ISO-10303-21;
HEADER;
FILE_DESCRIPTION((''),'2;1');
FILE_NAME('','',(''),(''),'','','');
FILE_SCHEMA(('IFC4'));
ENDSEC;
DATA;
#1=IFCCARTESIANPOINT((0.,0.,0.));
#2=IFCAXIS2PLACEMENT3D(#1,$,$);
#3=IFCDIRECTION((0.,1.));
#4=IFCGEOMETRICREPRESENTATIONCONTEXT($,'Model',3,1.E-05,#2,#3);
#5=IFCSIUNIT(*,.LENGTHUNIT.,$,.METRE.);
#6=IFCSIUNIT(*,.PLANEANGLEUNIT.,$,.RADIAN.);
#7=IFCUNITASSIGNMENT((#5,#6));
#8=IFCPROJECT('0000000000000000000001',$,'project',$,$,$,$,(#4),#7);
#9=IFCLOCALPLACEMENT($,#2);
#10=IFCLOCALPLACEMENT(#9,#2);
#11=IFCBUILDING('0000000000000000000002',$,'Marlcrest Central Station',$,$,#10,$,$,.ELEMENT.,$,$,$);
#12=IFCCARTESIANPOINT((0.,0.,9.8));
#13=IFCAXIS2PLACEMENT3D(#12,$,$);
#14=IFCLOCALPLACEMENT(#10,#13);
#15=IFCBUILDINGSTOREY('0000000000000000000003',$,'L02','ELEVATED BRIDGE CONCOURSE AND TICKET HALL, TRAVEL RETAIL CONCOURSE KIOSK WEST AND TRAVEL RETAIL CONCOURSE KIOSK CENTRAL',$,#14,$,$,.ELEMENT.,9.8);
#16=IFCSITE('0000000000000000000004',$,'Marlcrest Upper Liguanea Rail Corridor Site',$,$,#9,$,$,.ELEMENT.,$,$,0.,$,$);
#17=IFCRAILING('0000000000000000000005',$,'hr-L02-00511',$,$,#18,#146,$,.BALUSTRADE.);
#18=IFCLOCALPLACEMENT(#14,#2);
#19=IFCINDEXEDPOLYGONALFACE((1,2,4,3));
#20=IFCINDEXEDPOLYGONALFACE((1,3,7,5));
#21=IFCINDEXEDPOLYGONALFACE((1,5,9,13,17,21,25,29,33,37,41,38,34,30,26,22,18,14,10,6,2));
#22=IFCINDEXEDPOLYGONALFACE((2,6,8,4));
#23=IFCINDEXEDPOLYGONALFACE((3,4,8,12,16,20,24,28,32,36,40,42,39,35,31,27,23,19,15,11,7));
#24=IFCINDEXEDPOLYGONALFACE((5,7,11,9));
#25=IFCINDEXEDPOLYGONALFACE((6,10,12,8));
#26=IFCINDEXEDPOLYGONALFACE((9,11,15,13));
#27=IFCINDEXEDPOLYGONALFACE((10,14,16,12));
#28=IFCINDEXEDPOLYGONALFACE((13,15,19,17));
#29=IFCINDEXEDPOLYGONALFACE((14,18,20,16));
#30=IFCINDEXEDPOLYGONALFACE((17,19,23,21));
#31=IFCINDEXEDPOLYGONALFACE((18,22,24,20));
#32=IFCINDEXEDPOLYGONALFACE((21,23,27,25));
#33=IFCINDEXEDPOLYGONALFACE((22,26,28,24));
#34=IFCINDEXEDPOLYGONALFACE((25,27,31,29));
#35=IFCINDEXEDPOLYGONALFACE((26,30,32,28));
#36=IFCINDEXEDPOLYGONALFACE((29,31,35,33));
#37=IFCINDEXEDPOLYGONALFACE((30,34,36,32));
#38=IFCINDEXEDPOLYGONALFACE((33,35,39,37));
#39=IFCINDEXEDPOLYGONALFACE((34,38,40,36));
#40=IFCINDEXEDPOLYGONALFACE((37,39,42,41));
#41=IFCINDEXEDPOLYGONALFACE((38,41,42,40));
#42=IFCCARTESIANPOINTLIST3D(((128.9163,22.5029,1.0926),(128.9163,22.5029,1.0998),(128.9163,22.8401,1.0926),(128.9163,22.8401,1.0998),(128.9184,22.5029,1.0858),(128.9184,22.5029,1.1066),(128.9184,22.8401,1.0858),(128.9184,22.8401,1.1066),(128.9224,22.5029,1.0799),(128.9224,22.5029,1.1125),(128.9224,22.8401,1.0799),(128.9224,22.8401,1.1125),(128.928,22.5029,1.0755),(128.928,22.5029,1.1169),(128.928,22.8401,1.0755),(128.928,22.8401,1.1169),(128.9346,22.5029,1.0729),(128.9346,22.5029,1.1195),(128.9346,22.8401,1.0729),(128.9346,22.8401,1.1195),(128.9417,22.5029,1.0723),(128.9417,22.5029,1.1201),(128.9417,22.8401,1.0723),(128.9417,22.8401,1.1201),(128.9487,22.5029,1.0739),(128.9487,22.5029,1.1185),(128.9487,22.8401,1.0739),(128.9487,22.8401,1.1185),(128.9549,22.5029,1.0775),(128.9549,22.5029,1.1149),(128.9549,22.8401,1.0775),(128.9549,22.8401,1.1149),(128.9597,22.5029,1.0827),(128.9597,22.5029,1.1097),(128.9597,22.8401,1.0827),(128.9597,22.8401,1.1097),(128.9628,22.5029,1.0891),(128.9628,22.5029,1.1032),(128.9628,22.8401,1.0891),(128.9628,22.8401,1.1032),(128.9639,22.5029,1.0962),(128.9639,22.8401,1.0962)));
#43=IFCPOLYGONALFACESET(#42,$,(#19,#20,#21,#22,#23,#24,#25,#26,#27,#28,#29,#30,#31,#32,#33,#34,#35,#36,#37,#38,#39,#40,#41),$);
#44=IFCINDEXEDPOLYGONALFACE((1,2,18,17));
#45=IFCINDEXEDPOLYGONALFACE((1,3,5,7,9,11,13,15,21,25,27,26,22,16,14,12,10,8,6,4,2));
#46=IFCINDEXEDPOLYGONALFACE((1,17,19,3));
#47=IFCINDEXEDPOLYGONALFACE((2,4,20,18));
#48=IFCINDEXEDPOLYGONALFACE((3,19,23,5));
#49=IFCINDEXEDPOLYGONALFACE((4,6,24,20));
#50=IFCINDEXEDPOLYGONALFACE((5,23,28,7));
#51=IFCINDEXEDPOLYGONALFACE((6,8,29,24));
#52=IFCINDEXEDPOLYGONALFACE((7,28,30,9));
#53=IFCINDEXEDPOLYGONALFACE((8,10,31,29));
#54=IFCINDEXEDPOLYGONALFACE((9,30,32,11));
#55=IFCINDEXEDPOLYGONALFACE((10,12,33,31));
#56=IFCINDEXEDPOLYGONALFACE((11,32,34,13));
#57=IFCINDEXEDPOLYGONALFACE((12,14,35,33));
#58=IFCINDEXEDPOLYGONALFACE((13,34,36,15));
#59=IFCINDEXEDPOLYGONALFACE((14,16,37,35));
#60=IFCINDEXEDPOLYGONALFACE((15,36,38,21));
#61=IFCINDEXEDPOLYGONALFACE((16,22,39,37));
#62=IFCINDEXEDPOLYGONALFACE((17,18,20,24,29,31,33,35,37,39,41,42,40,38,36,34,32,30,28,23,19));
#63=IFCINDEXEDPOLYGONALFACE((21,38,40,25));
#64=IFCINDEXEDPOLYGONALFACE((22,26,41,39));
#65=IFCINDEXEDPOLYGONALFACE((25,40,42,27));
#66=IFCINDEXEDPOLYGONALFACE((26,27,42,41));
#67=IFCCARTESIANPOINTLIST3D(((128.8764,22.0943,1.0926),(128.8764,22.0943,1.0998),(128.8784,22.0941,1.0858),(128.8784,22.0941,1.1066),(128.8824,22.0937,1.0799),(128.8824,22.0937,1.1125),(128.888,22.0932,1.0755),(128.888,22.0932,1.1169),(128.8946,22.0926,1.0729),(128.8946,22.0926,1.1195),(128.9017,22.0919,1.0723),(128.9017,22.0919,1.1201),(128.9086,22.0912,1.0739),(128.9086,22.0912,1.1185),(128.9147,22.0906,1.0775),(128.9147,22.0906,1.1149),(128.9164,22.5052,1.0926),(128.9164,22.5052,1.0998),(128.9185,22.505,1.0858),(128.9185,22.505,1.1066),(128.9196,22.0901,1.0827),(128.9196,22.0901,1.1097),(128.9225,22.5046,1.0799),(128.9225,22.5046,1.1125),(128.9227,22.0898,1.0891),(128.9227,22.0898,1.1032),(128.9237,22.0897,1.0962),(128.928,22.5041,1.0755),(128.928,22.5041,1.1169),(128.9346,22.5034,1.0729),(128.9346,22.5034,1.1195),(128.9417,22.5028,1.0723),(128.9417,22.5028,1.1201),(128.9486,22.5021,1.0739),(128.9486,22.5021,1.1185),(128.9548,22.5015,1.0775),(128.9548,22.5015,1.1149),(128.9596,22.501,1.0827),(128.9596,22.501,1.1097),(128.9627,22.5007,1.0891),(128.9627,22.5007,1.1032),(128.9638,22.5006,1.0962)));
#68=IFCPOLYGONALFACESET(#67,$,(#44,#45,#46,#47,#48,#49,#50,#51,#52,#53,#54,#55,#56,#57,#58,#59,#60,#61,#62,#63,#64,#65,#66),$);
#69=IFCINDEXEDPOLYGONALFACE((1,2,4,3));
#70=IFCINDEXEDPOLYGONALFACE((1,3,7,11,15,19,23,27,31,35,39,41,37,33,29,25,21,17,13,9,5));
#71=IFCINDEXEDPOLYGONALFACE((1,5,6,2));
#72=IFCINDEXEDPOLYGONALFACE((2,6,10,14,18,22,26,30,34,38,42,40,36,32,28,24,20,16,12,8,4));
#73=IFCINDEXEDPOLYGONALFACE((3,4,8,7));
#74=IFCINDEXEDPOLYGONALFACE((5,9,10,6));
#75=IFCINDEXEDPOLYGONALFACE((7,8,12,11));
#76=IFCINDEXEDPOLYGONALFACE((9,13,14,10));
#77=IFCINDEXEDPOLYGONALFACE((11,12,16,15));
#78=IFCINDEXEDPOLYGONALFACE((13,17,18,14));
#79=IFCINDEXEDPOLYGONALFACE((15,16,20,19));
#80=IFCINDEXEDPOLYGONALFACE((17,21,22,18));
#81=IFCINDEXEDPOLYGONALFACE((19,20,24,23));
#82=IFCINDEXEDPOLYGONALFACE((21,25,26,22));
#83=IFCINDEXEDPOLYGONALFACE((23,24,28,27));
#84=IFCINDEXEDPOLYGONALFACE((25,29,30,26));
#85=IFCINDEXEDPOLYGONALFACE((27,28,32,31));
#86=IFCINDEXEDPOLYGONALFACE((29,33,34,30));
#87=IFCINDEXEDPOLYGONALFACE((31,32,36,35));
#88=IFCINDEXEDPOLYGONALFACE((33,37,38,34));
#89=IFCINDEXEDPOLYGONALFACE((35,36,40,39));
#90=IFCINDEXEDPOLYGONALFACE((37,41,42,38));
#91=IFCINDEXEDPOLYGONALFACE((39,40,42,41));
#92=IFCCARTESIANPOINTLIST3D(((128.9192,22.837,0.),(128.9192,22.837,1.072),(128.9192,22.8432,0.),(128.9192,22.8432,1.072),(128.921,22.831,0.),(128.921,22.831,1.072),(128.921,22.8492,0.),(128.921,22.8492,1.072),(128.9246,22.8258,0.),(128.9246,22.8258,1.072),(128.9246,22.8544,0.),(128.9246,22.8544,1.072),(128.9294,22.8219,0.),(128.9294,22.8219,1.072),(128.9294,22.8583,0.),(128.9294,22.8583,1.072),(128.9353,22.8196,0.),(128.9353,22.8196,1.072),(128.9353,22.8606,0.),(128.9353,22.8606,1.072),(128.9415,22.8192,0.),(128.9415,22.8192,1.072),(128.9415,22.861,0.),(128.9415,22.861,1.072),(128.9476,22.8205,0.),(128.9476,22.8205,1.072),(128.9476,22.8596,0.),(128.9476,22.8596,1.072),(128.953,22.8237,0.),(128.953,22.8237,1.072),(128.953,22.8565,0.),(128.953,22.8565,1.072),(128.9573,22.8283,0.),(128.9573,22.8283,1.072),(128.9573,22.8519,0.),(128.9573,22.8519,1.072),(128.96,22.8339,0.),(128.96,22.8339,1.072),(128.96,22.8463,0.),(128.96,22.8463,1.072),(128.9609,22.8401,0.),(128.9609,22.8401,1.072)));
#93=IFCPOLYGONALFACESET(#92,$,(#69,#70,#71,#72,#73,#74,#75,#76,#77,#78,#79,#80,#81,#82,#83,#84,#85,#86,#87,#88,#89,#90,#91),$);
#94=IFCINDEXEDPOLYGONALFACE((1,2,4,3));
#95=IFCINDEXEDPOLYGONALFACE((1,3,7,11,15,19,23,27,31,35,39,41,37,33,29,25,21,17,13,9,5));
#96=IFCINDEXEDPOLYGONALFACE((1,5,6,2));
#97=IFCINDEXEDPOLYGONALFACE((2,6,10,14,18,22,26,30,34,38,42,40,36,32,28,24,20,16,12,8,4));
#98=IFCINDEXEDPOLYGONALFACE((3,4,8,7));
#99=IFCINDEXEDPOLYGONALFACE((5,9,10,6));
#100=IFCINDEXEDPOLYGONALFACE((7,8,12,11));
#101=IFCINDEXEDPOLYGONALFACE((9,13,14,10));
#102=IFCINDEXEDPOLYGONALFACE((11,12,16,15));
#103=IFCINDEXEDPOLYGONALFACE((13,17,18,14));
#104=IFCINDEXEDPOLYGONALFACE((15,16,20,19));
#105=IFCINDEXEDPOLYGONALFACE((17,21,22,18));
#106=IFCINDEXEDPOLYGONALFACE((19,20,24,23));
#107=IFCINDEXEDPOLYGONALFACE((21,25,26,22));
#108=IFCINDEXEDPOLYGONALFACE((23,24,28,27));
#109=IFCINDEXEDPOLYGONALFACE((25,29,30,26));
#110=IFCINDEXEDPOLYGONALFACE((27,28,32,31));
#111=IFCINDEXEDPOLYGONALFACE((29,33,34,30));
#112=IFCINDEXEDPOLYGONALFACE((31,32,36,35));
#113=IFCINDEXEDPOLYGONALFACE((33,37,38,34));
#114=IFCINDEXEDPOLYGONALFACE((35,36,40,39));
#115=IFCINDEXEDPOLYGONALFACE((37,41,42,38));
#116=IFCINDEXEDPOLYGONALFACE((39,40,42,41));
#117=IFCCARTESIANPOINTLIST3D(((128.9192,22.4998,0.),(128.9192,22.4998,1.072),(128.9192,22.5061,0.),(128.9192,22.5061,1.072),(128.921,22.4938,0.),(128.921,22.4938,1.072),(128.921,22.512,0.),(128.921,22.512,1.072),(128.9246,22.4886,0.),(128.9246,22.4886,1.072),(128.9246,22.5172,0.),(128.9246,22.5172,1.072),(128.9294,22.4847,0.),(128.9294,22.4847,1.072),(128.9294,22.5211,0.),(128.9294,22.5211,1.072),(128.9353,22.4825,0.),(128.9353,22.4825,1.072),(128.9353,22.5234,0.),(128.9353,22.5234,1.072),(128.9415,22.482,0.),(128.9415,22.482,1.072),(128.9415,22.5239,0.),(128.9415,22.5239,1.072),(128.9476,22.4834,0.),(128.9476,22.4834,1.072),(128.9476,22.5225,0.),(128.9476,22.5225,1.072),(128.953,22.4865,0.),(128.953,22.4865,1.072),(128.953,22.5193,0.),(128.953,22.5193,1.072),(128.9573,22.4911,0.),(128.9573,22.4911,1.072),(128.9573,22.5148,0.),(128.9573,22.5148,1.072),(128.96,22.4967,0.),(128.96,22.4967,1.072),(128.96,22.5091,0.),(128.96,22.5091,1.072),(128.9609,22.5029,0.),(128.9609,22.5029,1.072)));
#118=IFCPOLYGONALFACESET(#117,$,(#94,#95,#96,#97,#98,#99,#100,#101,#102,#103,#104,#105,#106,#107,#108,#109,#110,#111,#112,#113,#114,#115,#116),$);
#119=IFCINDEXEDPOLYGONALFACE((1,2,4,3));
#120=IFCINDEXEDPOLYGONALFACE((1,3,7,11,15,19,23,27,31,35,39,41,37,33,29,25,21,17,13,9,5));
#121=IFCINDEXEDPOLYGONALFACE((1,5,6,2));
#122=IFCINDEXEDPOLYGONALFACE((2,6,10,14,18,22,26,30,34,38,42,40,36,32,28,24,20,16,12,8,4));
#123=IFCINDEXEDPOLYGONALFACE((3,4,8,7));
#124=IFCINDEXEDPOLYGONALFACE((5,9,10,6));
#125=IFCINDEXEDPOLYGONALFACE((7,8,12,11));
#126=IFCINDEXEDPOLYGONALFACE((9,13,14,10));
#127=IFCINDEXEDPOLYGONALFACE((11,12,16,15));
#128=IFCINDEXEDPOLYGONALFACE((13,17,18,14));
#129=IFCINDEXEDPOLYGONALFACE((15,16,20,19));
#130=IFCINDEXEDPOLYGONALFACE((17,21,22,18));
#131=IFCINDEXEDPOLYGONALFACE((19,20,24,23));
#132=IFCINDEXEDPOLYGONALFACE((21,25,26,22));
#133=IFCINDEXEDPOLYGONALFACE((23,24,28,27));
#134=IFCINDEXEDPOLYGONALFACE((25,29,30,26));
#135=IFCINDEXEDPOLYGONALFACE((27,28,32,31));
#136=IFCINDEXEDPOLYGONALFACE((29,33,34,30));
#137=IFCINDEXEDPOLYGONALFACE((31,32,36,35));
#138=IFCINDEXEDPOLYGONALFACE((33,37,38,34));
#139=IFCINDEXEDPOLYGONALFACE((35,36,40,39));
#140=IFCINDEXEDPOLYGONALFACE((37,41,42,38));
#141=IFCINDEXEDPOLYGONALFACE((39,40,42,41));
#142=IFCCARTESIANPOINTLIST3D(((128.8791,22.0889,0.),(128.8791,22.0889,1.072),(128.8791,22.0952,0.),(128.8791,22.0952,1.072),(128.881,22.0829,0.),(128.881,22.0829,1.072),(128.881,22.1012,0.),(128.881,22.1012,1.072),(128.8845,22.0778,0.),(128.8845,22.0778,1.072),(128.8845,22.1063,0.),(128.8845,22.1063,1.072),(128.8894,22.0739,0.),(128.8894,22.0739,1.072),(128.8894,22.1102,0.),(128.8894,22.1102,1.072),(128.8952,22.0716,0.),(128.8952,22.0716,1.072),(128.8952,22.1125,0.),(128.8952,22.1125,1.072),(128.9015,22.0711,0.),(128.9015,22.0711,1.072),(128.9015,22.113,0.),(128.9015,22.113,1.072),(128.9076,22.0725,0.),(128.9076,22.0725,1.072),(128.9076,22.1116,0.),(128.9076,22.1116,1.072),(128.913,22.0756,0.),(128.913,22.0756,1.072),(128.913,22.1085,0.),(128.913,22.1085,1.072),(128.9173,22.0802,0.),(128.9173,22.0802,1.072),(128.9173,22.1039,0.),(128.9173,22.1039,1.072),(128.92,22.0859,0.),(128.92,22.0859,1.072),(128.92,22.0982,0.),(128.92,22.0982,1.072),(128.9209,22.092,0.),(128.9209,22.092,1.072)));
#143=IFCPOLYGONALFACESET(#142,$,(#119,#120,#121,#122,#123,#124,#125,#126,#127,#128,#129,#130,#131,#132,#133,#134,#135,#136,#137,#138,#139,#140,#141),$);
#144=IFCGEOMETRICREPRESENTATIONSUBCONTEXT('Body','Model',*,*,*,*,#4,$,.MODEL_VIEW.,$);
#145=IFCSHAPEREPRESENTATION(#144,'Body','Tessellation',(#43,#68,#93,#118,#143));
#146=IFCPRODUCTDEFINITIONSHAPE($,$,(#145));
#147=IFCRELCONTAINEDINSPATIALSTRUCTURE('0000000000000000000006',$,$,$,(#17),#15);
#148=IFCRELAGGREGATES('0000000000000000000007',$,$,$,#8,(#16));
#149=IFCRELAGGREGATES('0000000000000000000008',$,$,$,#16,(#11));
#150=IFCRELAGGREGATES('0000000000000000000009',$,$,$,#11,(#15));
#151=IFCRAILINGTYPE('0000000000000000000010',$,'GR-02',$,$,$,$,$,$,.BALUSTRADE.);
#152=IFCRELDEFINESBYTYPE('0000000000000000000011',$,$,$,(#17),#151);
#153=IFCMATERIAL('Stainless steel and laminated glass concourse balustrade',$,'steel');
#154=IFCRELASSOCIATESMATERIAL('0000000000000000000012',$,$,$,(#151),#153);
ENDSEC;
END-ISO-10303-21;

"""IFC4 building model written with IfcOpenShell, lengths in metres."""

from ifc_helpers import new_model, si_unit, direction, frame, origin, origin_2d, place, context, subcontext, project, spatial, circle, extrude, material, type_object, element, save


model = new_model("IFC4")

# Units and contexts
model_context = context("Model", 3, precision=1e-05, world=origin(), true_north=direction((0.0, 1.0)))
body_context = subcontext(model_context, "Body", "Model", "MODEL_VIEW")
ifc_project = project(units=[si_unit("LENGTHUNIT", "METRE"), si_unit("PLANEANGLEUNIT", "RADIAN")], contexts=[model_context])

# Site, building, storey
site_placement = place(None, origin())
site = spatial("IfcSite", under=ifc_project, at=site_placement, Name="Marlcrest Upper Liguanea Rail Corridor Site", CompositionType="ELEMENT", RefElevation=0.0)
building_placement = place(site_placement, origin())
building = spatial("IfcBuilding", under=site, at=building_placement, Name="Marlcrest Central Station", CompositionType="ELEMENT")
storey_placement = place(building_placement, frame((0.0, 0.0, 9.8)))
storey = spatial("IfcBuildingStorey", under=building, at=storey_placement, Name="L02", Description="ELEVATED BRIDGE CONCOURSE AND TICKET HALL, TRAVEL RETAIL CONCOURSE KIOSK WEST AND TRAVEL RETAIL CONCOURSE KIOSK CENTRAL", CompositionType="ELEMENT", Elevation=9.8)

# Railing
ifc_material_1 = material(Name="Stainless steel and laminated glass concourse balustrade", Category="steel")
railing_type = type_object("IfcRailingType", Name="GR-02", PredefinedType="BALUSTRADE", material=ifc_material_1)
railing_1_placement = place(storey_placement, frame((128.9399, 22.8401, 0.0)))
element("IfcRailing", 1, at=railing_1_placement, inside=storey, type_object=railing_type, Name="hr-L02-00511", PredefinedType="BALUSTRADE", context=body_context, shape_type="SweptSolid", body=[
    extrude(circle(Radius=0.0239, at=origin_2d()), frame((0.0, 0.0, 1.0962), z_axis=(0.0, -1.0, 0.0), x_axis=(1.0, 0.0, 0.0)), (0.0, 0.0, 1.0), 0.3372),
    extrude(circle(Radius=0.0239, at=origin_2d()), frame((0.0, -0.3372, 1.0962), z_axis=(-0.096986, -0.995286, 0.0), x_axis=(0.995286, -0.096986, 0.0)), (0.0, 0.0, 1.0), 0.4128),
    extrude(circle(Radius=0.021, at=origin_2d()), origin(), (0.0, 0.0, 1.0), 1.072),
    extrude(circle(Radius=0.021, at=origin_2d()), frame((0.0, -0.3372, 0.0)), (0.0, 0.0, 1.0), 1.072),
    extrude(circle(Radius=0.021, at=origin_2d()), frame((-0.04, -0.748, 0.0)), (0.0, 0.0, 1.0), 1.072),
])

save(model, "model.ifc")
